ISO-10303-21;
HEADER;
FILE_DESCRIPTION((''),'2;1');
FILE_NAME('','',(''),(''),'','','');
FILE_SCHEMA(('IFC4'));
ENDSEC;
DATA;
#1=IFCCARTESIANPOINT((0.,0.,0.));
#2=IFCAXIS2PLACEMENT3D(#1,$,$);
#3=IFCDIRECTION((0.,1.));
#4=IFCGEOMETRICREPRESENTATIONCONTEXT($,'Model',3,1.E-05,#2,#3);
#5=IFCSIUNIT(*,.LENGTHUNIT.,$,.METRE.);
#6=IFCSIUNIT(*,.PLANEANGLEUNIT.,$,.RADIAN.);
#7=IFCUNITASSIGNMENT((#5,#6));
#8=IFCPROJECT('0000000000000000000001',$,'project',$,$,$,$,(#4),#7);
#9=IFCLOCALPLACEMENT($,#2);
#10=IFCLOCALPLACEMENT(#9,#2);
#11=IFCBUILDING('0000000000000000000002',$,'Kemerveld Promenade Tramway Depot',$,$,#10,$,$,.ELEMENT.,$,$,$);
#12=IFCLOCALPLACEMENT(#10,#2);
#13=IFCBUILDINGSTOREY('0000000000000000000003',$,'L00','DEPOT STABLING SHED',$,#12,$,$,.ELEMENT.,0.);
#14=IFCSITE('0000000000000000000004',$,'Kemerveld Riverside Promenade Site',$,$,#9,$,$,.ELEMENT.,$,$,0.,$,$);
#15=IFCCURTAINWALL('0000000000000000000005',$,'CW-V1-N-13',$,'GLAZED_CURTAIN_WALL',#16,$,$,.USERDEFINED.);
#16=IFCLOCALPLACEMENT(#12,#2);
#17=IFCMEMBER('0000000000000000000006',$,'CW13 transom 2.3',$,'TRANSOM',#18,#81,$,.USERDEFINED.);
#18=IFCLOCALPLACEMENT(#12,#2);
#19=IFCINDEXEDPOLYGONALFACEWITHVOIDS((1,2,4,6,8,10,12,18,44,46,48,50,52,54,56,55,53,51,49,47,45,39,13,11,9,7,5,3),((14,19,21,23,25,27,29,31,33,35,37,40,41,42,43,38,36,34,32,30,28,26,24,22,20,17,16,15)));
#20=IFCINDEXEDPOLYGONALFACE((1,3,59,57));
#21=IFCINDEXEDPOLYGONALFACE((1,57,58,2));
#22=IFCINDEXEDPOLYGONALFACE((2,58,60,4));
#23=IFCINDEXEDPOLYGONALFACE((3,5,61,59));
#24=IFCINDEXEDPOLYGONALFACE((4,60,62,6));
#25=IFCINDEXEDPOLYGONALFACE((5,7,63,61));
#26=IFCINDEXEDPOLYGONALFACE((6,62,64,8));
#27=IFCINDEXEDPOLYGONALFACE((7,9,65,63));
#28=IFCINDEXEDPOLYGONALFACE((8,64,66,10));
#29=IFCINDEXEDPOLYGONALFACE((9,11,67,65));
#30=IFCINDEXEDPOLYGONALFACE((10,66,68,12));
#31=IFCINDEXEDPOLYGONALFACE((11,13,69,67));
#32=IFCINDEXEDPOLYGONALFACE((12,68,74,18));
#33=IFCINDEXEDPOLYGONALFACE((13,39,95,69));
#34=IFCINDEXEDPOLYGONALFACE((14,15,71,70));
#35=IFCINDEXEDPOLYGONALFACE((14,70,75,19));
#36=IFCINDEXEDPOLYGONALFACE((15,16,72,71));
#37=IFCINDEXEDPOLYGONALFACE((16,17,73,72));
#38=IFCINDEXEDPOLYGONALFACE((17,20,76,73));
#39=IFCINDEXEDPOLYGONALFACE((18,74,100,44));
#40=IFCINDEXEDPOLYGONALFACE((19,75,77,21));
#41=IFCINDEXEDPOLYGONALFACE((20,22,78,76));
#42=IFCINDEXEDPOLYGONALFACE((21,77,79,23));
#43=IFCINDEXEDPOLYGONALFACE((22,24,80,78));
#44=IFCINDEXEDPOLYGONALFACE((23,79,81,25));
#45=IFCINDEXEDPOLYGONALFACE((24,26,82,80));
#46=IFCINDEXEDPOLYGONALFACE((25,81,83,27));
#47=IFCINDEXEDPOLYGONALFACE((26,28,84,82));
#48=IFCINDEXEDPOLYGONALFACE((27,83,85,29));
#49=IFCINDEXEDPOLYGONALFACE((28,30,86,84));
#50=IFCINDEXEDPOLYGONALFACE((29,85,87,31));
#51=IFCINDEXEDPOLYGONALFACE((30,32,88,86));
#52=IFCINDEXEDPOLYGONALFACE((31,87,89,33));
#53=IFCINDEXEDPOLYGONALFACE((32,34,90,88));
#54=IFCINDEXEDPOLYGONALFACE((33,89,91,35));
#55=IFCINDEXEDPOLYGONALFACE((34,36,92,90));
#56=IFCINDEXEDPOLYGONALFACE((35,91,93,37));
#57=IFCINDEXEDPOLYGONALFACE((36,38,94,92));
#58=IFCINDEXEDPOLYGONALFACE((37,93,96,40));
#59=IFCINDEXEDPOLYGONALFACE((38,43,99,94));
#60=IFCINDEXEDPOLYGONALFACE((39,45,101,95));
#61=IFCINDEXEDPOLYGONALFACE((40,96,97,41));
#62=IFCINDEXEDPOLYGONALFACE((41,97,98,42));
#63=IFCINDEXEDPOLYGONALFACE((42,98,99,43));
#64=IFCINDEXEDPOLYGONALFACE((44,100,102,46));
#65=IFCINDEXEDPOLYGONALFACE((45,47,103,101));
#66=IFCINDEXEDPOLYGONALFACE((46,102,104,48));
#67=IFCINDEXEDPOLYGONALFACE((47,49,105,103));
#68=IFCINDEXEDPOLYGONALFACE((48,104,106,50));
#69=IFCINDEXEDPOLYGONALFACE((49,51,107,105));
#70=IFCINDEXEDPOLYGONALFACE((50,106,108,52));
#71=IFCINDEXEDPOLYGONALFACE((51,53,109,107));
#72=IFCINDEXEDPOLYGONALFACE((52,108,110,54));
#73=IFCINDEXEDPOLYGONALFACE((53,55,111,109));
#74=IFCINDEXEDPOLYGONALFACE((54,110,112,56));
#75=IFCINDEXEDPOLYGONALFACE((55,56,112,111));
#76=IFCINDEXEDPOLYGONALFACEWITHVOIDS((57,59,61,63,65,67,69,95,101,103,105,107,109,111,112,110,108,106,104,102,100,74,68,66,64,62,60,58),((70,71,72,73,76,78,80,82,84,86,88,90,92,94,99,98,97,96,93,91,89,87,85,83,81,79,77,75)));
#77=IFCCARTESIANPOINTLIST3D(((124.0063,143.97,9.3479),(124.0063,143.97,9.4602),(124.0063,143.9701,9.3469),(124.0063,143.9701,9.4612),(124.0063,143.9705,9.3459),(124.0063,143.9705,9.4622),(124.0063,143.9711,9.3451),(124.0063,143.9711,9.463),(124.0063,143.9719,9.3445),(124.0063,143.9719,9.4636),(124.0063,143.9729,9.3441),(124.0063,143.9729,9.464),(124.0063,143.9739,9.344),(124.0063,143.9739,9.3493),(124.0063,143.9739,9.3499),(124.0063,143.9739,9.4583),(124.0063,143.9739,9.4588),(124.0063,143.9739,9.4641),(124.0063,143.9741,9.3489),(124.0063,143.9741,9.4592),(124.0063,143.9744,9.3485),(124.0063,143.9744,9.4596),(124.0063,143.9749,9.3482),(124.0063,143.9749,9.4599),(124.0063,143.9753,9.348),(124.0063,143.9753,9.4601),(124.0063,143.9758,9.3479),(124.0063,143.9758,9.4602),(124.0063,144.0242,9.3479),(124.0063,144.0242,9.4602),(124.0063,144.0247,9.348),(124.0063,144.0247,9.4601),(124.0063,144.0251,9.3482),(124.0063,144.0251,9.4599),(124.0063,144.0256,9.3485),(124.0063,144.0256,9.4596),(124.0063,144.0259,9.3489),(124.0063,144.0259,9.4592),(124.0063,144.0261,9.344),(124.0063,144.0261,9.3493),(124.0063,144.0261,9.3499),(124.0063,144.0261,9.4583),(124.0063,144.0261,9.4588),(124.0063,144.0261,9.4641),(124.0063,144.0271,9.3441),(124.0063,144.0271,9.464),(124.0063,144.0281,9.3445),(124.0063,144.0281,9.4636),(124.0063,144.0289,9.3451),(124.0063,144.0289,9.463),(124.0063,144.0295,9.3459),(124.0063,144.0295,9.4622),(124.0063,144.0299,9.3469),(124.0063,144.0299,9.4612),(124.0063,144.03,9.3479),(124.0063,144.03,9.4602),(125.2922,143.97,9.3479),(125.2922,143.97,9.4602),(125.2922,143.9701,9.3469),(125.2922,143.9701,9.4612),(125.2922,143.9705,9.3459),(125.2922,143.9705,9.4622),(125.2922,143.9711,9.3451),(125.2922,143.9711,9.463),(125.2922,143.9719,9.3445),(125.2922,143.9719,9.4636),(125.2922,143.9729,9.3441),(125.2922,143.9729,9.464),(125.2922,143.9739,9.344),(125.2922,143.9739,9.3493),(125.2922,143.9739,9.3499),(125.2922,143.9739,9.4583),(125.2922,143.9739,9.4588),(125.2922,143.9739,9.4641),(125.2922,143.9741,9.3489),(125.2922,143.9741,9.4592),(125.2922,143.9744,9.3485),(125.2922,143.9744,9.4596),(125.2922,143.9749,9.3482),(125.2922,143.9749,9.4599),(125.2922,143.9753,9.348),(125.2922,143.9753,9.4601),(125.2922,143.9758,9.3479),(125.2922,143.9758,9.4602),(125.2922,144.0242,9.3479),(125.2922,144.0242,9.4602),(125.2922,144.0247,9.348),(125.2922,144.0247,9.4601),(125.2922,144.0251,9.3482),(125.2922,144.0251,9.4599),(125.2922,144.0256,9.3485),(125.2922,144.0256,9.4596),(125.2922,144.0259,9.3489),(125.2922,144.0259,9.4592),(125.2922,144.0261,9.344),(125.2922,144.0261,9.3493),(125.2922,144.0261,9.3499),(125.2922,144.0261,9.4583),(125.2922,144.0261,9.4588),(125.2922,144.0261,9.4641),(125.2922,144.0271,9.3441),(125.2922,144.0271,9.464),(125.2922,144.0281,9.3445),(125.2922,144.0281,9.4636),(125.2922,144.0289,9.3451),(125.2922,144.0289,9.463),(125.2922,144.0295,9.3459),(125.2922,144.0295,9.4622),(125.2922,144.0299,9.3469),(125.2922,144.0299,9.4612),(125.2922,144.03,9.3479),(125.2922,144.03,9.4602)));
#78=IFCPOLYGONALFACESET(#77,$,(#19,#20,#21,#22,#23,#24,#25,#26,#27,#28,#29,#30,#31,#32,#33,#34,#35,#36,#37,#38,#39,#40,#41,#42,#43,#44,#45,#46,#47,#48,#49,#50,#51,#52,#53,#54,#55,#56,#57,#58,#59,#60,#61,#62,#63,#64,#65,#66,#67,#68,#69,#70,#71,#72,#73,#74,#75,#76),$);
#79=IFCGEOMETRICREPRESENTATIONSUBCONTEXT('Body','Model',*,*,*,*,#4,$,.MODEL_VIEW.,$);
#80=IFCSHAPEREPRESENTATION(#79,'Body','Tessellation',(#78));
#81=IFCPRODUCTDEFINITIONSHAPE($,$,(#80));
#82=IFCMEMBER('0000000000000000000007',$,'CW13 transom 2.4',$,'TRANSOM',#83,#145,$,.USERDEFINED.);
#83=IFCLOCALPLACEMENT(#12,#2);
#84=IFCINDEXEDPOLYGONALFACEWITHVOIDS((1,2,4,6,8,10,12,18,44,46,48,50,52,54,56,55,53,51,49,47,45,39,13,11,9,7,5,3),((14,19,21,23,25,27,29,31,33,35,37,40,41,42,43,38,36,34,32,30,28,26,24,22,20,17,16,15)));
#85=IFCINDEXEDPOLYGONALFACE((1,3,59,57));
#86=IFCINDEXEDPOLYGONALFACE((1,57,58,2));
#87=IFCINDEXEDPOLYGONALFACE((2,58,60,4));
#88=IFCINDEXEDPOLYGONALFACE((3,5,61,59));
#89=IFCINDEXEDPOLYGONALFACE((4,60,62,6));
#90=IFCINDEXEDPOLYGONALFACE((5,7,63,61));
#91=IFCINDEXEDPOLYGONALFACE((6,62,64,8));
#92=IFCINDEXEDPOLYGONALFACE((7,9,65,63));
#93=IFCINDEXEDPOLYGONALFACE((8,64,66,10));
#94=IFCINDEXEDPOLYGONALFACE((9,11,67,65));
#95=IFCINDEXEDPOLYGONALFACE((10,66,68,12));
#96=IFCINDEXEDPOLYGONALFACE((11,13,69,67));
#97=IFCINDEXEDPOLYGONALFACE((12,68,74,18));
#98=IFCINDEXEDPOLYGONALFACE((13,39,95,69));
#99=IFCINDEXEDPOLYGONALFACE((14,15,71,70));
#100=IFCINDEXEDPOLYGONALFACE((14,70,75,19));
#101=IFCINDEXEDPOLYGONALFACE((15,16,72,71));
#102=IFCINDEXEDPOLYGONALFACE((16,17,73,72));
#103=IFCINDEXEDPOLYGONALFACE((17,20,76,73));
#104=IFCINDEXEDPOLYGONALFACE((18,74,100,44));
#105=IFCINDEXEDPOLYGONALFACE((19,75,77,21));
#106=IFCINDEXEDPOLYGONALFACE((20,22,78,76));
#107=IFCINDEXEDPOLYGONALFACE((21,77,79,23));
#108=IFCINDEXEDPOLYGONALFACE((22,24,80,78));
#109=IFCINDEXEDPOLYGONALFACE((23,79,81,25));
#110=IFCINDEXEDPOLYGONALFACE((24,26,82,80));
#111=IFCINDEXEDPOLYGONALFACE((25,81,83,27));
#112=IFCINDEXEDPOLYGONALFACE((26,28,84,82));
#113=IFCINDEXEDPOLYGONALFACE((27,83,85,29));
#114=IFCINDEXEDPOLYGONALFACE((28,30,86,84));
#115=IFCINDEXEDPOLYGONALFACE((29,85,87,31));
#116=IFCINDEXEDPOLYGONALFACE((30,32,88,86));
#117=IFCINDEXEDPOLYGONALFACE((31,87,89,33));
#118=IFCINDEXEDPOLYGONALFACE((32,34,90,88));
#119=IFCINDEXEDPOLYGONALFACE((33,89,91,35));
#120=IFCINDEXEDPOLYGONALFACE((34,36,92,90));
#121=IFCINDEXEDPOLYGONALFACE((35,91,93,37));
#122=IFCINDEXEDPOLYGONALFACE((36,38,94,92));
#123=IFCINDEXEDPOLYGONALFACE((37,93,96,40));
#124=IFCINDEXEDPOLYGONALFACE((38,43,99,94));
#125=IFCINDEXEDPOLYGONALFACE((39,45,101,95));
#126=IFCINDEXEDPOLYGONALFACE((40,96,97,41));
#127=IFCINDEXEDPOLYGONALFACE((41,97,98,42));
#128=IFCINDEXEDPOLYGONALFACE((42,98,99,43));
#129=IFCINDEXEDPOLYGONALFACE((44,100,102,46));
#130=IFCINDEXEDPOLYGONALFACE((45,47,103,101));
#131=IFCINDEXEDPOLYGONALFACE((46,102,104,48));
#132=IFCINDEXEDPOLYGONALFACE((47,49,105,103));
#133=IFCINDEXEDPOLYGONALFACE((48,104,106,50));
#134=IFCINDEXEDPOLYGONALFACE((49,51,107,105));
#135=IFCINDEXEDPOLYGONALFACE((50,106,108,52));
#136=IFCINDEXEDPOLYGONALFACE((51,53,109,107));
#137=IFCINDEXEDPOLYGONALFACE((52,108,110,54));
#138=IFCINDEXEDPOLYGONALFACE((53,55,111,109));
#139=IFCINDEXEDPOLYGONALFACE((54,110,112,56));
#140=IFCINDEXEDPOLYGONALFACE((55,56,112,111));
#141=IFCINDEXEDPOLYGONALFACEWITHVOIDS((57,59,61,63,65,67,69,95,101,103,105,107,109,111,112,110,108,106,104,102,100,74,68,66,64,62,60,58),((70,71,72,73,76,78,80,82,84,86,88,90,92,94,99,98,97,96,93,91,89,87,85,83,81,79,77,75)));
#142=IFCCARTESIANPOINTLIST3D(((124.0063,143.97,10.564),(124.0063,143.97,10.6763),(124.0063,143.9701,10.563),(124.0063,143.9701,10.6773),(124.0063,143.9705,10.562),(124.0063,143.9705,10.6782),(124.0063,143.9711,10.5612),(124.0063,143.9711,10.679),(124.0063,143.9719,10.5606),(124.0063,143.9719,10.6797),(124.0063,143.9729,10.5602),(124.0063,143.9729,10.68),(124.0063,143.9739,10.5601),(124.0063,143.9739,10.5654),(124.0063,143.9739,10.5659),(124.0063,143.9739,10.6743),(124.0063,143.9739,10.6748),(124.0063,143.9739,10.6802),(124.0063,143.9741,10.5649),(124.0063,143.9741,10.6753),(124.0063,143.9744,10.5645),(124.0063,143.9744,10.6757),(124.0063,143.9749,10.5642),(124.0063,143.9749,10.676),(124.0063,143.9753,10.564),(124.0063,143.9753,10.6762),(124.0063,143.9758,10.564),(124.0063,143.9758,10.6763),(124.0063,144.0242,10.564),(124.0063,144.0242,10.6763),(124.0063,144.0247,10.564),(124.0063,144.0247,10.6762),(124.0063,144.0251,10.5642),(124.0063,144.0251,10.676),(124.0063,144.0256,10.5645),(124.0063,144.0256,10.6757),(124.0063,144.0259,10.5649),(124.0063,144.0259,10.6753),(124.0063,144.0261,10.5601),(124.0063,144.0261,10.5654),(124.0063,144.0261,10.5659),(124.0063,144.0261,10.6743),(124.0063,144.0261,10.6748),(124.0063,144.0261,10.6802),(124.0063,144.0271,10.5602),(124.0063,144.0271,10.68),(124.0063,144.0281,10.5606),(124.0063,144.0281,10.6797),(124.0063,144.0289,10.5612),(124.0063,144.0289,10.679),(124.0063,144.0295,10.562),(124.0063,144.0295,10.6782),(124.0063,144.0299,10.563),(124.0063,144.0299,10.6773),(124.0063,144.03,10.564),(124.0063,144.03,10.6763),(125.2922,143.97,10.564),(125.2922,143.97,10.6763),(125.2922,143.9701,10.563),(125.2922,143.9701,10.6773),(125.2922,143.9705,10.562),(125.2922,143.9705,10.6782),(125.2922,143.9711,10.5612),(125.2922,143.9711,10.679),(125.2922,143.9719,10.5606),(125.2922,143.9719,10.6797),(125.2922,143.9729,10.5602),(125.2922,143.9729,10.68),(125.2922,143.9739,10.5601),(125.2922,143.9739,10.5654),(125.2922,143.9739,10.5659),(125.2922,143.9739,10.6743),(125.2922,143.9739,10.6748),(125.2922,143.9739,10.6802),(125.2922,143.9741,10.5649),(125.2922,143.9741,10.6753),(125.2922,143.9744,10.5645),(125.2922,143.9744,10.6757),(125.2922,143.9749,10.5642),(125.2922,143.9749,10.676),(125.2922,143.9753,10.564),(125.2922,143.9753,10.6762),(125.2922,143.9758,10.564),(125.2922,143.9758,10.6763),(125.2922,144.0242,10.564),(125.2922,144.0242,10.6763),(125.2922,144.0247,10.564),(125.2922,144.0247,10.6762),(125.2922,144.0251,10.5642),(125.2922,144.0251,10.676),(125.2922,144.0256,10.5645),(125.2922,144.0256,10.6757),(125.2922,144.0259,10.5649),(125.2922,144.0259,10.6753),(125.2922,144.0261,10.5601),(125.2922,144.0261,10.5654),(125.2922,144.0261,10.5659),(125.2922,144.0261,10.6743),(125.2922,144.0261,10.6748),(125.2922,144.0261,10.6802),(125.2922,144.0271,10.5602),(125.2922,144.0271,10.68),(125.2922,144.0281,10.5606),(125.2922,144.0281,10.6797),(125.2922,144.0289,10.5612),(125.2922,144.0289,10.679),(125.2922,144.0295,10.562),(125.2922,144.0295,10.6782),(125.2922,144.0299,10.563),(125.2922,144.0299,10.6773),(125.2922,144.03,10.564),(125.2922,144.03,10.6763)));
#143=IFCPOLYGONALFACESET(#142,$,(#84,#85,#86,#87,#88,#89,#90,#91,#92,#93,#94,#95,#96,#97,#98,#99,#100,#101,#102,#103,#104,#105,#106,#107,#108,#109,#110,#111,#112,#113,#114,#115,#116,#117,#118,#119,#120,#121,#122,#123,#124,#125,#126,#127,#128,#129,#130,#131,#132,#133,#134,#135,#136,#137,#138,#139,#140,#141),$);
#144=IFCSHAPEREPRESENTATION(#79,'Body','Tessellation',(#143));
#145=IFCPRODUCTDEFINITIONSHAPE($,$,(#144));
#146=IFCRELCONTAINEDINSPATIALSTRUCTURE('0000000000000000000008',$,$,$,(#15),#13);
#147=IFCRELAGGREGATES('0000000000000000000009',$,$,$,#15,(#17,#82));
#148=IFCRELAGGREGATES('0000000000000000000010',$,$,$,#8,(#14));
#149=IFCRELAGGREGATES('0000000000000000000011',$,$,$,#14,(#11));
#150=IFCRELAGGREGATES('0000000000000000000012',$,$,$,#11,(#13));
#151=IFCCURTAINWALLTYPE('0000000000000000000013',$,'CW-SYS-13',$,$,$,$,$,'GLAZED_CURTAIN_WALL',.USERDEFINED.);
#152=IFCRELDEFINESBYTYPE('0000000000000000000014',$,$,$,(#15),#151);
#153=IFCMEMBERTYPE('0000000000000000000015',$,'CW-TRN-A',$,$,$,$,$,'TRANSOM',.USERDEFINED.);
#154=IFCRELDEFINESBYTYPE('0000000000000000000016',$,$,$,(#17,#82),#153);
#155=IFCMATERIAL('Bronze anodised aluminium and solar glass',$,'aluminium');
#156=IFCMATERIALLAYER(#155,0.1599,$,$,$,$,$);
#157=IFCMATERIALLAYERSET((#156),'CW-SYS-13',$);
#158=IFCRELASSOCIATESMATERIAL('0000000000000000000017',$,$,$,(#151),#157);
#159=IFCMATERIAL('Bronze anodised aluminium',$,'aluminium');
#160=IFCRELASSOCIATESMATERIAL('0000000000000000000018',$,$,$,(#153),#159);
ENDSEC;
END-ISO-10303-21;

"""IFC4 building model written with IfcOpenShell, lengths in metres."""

from ifc_helpers import new_model, si_unit, direction, frame, origin, origin_2d, place, context, subcontext, project, spatial, hollow_rectangle, extrude, material, layer, layer_set, material_profile, profile_set, type_object, element, aggregate, save


model = new_model("IFC4")

# Units and contexts
model_context = context("Model", 3, precision=1e-05, world=origin(), true_north=direction((0.0, 1.0)))
body_context = subcontext(model_context, "Body", "Model", "MODEL_VIEW")
ifc_project = project(units=[si_unit("LENGTHUNIT", "METRE"), si_unit("PLANEANGLEUNIT", "RADIAN")], contexts=[model_context])

# Site, building, storey
site_placement = place(None, origin())
site = spatial("IfcSite", under=ifc_project, at=site_placement, Name="Kemerveld Riverside Promenade Site", CompositionType="ELEMENT", RefElevation=0.0)
building_placement = place(site_placement, origin())
building = spatial("IfcBuilding", under=site, at=building_placement, Name="Kemerveld Promenade Tramway Depot", CompositionType="ELEMENT")
storey_placement = place(building_placement, origin())
storey = spatial("IfcBuildingStorey", under=building, at=storey_placement, Name="L00", Description="DEPOT STABLING SHED", CompositionType="ELEMENT", Elevation=0.0)

# Curtain wall, members
ifc_material_1 = material(Name="Bronze anodised aluminium and solar glass", Category="aluminium")
ifc_layer_1 = layer(ifc_material_1, 0.1599)
ifc_layer_set_1 = layer_set([ifc_layer_1], Name="CW-SYS-13")
curtain_wall_type_1 = type_object("IfcCurtainWallType", Name="CW-SYS-13", ElementType="GLAZED_CURTAIN_WALL", PredefinedType="USERDEFINED", material=ifc_layer_set_1)
curtain_wall_1_placement = place(storey_placement, origin())
curtain_wall_1 = element("IfcCurtainWall", 1, at=curtain_wall_1_placement, inside=storey, type_object=curtain_wall_type_1, Name="CW-V1-N-13", ObjectType="GLAZED_CURTAIN_WALL", PredefinedType="USERDEFINED")
ifc_material_2 = material(Name="Bronze anodised aluminium", Category="aluminium")
ifc_material_profile_1 = material_profile(ifc_material_2, hollow_rectangle(XDim=0.0601, YDim=0.1201, WallThickness=0.0039, InnerFilletRadius=0.002, OuterFilletRadius=0.0039, at=origin_2d()), Name="CW-TRN-120x60")
ifc_profile_set_1 = profile_set([ifc_material_profile_1], Name="Bronze anodised aluminium")
member_type_1 = type_object("IfcMemberType", Name="CW-TRN-A", ElementType="TRANSOM", PredefinedType="USERDEFINED", material=ifc_profile_set_1)
member_1_placement = place(storey_placement, frame((124.0063, 144.0, 9.4041), z_axis=(1.0, 0.0, 0.0), x_axis=(0.0, 1.0, 0.0)))
member_1 = element("IfcMember", 2, at=member_1_placement, type_object=member_type_1, Name="CW13 transom 2.3", ObjectType="TRANSOM", PredefinedType="USERDEFINED", context=body_context, shape_type="SweptSolid", body=[
    extrude(hollow_rectangle(XDim=0.0601, YDim=0.1201, WallThickness=0.0039, InnerFilletRadius=0.002, OuterFilletRadius=0.0039, at=origin_2d()), origin(), (0.0, 0.0, 1.0), 1.2859),
])
member_2_placement = place(storey_placement, frame((124.0063, 144.0, 10.6201), z_axis=(1.0, 0.0, 0.0), x_axis=(0.0, 1.0, 0.0)))
member_2 = element("IfcMember", 3, at=member_2_placement, type_object=member_type_1, Name="CW13 transom 2.4", ObjectType="TRANSOM", PredefinedType="USERDEFINED", context=body_context, shape_type="SweptSolid", body=[
    extrude(hollow_rectangle(XDim=0.0601, YDim=0.1201, WallThickness=0.0039, InnerFilletRadius=0.002, OuterFilletRadius=0.0039, at=origin_2d()), origin(), (0.0, 0.0, 1.0), 1.2859),
])

aggregate(curtain_wall_1, [member_1, member_2])

save(model, "model.ifc")
